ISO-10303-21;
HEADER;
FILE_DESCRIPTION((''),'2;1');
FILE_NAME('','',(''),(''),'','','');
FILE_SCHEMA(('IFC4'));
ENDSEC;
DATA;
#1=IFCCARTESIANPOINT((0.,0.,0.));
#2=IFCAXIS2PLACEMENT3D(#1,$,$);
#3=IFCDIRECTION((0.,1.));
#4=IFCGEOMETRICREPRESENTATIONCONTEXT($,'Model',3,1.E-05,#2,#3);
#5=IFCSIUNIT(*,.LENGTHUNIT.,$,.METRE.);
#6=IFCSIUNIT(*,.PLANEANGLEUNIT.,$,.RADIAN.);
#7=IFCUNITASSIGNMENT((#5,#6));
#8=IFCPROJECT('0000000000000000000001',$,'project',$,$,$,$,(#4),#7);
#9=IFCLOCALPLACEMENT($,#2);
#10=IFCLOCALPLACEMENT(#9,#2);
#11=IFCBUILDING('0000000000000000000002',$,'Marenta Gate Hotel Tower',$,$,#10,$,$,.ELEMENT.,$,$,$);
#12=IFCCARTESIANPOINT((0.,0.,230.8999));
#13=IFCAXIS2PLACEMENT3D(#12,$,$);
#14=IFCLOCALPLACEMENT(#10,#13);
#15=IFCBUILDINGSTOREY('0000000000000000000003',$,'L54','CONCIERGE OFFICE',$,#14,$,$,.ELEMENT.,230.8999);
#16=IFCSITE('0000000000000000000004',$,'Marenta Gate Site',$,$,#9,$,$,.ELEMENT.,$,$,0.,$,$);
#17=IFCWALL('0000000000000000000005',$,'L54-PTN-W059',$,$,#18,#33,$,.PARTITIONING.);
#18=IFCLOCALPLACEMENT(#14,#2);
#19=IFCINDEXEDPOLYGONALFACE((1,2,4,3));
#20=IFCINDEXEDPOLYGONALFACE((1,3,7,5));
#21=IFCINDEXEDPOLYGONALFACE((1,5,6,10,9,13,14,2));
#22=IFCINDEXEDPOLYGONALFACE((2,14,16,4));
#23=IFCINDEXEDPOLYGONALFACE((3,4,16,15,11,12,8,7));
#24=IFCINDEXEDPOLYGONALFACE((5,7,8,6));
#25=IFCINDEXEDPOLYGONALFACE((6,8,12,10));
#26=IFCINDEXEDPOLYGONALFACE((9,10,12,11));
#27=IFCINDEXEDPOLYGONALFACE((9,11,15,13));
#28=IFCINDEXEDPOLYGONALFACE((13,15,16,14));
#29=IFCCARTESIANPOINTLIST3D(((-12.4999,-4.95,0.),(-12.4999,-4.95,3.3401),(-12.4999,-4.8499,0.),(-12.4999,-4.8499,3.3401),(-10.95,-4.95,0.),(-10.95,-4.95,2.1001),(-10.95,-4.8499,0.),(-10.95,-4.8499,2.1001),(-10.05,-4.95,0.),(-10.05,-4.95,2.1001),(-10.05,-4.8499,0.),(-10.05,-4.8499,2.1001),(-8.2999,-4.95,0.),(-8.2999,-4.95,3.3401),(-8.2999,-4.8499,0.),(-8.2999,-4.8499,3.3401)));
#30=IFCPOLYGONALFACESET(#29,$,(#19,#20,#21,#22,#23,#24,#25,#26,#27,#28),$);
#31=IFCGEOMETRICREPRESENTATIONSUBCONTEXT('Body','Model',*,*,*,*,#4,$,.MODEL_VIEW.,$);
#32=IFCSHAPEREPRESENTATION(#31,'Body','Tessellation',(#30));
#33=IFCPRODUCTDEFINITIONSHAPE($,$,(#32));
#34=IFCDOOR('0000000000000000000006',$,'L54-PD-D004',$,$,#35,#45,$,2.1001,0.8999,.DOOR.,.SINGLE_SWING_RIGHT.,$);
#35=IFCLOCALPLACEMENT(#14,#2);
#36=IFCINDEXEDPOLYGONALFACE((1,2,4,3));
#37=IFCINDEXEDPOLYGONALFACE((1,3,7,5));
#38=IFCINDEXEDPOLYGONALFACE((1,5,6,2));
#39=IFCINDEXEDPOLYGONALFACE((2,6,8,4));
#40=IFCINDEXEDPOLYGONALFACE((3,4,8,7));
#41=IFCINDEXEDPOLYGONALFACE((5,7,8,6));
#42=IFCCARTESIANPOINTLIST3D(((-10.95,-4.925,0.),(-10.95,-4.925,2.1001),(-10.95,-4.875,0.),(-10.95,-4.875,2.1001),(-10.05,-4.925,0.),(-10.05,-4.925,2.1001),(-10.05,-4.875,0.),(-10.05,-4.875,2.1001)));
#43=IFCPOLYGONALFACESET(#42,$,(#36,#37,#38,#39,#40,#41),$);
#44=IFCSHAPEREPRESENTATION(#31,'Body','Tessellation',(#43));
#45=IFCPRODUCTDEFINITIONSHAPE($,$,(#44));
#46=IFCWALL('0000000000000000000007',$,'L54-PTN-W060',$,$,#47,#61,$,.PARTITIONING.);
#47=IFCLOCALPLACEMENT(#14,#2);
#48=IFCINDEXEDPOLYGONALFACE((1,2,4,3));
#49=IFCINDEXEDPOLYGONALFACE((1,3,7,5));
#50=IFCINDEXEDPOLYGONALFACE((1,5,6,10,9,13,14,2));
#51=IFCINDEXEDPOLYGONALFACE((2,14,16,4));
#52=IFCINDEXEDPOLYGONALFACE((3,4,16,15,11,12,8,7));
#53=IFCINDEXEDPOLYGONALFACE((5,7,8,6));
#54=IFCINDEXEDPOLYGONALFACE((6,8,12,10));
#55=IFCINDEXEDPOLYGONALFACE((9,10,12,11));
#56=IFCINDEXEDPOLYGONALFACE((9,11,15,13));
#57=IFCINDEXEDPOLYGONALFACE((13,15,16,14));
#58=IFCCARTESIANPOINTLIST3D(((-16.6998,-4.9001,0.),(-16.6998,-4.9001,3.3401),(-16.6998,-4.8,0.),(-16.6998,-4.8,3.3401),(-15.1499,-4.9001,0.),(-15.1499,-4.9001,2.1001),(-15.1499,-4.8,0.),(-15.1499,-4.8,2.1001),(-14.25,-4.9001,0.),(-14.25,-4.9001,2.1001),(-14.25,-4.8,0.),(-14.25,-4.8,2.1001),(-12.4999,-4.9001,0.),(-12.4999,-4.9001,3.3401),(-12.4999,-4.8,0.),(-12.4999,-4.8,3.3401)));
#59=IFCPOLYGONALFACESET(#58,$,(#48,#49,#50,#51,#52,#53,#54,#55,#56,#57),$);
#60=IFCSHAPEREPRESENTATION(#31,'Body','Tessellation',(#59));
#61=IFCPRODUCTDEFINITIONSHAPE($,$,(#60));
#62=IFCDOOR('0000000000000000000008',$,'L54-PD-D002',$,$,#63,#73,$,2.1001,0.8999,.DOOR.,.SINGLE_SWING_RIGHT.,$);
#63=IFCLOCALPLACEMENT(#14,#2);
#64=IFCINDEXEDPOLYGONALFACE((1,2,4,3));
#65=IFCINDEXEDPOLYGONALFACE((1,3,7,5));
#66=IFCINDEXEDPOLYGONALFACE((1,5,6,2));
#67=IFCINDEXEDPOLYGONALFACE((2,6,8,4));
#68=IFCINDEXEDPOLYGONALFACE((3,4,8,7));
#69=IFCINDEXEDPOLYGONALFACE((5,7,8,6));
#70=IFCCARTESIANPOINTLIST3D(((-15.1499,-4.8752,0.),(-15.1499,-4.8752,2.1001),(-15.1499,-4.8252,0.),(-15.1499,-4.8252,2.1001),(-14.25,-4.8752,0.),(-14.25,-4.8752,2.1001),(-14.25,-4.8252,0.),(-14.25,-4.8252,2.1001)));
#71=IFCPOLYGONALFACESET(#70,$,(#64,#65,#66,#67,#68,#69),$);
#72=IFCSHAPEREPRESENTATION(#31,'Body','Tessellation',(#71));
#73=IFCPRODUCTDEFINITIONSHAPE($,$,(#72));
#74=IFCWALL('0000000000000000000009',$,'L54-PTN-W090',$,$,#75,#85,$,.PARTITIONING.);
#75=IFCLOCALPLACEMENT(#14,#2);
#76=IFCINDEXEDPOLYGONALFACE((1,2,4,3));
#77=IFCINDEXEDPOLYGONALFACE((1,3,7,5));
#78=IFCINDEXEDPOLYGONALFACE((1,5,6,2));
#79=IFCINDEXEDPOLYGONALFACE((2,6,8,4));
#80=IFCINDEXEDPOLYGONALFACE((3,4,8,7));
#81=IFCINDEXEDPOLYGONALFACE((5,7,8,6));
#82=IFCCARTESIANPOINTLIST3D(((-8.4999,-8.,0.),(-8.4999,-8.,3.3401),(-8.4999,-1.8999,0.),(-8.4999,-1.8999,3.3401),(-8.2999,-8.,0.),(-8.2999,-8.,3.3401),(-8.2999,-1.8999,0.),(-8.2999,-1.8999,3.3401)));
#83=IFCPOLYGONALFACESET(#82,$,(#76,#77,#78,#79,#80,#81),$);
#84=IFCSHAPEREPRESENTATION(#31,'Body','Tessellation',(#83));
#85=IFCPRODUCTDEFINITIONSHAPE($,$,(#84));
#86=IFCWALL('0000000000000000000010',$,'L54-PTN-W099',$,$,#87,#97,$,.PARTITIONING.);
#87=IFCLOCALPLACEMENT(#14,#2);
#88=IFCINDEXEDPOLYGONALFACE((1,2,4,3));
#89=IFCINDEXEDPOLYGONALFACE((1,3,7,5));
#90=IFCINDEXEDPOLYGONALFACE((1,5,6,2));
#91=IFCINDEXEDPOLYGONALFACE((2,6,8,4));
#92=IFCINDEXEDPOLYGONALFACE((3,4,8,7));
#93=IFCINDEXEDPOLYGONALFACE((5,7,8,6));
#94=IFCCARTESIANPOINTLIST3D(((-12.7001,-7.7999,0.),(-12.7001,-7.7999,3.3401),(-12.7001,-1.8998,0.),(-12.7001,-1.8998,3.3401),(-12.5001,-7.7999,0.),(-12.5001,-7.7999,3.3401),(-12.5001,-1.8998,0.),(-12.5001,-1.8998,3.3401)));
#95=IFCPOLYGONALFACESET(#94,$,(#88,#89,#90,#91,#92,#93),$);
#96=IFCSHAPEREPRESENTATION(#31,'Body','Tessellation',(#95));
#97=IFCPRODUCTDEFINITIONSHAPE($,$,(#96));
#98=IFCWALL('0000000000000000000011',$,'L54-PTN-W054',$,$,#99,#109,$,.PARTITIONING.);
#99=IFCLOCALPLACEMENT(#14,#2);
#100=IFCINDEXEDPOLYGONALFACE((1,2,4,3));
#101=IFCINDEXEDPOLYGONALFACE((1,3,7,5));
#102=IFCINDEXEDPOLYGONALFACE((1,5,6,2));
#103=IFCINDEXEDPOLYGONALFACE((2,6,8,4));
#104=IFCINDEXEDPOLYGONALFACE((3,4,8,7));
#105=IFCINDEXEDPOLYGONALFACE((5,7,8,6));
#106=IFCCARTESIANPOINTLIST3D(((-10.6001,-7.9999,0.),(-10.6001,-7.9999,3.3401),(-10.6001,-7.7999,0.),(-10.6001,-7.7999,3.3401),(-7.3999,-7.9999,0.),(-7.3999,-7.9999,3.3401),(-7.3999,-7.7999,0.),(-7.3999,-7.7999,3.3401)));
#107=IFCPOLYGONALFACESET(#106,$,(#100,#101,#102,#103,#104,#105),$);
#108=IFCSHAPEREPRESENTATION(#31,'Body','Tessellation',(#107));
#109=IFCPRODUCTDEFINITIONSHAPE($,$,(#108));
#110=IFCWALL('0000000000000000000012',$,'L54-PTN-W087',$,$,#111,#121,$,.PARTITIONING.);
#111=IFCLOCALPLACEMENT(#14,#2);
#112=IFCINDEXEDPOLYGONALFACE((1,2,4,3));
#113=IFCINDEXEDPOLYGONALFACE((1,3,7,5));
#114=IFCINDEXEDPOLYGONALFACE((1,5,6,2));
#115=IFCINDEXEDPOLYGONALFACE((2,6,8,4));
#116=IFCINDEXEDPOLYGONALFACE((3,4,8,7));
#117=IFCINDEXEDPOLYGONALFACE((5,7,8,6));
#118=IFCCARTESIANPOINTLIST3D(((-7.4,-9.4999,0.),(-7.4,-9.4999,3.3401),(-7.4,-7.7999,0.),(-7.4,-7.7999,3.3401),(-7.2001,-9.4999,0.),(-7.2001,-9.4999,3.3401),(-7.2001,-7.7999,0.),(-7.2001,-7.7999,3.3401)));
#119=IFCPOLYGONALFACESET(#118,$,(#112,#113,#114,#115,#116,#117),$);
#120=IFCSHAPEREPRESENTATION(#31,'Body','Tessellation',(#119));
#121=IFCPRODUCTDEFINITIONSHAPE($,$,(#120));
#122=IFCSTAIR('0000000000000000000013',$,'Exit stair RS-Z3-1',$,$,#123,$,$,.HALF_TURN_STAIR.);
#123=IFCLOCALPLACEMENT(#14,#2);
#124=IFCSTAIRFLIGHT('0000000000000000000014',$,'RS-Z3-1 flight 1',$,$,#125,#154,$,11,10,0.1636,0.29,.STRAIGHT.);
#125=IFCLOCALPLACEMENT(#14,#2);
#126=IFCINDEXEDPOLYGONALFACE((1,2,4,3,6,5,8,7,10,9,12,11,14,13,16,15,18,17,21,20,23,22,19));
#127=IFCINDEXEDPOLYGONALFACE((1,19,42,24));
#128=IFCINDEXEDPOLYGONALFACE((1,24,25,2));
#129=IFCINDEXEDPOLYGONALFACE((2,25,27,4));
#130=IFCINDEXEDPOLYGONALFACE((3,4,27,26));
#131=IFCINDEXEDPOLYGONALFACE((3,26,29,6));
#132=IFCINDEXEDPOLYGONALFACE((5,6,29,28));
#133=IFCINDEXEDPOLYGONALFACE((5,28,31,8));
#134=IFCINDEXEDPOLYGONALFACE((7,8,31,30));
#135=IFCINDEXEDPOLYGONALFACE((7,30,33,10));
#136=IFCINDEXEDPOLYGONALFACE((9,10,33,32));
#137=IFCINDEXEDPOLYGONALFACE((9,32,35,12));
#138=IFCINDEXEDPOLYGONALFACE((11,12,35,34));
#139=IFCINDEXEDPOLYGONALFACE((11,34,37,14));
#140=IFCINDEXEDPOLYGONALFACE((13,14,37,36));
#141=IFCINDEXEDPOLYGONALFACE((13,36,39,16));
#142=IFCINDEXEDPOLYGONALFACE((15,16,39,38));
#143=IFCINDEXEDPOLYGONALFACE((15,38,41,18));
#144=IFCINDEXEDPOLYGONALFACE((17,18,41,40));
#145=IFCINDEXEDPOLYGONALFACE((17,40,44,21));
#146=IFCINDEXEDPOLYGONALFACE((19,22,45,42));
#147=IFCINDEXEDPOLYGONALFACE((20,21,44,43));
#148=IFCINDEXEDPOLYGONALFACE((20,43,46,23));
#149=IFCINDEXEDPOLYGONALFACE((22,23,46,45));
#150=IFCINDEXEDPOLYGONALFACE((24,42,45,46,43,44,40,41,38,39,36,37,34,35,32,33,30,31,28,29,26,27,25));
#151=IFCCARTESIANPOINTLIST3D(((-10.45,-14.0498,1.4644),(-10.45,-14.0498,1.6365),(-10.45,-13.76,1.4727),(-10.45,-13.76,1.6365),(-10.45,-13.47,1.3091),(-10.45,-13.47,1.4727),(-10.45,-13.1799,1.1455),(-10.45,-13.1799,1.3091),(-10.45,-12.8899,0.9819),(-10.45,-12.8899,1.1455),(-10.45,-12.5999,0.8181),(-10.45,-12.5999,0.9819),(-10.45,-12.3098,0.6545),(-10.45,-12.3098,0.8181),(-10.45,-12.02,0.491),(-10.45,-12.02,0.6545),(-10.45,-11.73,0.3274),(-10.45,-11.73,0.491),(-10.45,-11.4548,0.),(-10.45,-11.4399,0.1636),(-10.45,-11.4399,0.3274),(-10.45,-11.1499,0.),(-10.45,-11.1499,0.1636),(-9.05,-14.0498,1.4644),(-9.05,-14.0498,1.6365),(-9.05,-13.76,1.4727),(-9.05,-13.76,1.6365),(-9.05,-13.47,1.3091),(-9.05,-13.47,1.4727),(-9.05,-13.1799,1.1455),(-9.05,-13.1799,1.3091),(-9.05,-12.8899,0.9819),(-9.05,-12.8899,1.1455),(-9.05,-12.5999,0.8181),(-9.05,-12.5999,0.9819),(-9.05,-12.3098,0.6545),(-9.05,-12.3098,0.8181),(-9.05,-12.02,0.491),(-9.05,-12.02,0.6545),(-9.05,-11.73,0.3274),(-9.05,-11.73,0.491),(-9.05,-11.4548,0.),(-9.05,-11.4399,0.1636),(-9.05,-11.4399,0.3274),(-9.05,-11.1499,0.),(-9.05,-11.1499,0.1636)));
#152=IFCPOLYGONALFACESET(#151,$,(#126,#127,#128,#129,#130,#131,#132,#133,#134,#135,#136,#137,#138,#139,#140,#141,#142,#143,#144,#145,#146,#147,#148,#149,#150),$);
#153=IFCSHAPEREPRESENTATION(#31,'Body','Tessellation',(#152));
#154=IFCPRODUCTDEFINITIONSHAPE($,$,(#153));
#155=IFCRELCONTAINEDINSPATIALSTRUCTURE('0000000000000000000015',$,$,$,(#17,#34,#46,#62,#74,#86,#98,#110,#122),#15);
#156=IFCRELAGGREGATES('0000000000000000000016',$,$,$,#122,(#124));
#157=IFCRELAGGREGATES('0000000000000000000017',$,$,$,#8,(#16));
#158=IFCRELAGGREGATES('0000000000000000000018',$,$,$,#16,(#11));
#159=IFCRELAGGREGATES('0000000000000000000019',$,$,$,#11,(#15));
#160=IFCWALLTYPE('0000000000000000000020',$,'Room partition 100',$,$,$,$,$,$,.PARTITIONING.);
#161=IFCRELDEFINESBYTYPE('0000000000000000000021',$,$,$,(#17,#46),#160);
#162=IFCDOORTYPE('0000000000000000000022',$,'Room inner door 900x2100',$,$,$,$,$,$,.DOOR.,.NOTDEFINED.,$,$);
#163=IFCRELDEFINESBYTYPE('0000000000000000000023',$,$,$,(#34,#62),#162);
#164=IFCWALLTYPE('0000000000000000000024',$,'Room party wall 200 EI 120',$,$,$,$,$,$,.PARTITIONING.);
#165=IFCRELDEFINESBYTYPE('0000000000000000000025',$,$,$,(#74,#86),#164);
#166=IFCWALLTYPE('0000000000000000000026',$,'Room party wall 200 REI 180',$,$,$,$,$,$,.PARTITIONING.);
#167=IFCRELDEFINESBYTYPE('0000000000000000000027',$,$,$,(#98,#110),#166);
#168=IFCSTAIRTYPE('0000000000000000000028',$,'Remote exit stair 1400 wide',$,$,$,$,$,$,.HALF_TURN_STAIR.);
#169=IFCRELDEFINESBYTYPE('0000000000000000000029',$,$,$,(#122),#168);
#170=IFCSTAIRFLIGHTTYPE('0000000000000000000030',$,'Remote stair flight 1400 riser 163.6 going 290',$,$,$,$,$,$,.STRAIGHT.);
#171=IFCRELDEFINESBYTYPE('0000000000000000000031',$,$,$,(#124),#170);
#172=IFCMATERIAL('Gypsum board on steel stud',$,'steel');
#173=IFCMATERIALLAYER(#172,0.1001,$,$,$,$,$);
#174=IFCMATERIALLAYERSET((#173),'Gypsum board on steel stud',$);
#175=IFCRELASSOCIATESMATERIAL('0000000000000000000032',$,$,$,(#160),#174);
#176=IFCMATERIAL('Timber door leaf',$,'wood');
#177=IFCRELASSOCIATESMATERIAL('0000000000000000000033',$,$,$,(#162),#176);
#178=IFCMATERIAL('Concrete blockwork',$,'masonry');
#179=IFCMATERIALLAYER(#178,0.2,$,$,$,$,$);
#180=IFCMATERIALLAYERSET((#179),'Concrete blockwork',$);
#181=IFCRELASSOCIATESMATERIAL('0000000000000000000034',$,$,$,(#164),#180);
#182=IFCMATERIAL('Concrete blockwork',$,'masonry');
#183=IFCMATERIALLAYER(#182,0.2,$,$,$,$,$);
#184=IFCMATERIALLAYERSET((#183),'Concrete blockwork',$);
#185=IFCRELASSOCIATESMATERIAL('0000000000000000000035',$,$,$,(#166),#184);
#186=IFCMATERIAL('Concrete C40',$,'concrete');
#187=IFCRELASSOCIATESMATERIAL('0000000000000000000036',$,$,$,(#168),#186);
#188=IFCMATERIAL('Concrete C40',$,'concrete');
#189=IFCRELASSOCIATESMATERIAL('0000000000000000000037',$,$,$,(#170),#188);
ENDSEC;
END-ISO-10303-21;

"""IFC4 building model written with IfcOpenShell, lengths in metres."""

from ifc_helpers import new_model, si_unit, direction, frame, frame_2d, origin, place, context, subcontext, project, spatial, polyline, rectangle, outline, extrude, material, layer, layer_set, type_object, element, fill, aggregate, save


model = new_model("IFC4")

# Units and contexts
model_context = context("Model", 3, precision=1e-05, world=origin(), true_north=direction((0.0, 1.0)))
body_context = subcontext(model_context, "Body", "Model", "MODEL_VIEW")
ifc_project = project(units=[si_unit("LENGTHUNIT", "METRE"), si_unit("PLANEANGLEUNIT", "RADIAN")], contexts=[model_context])

# Site, building, storey
site_placement = place(None, origin())
site = spatial("IfcSite", under=ifc_project, at=site_placement, Name="Marenta Gate Site", CompositionType="ELEMENT", RefElevation=0.0)
building_placement = place(site_placement, origin())
building = spatial("IfcBuilding", under=site, at=building_placement, Name="Marenta Gate Hotel Tower", CompositionType="ELEMENT")
storey_placement = place(building_placement, frame((0.0, 0.0, 230.8999)))
storey = spatial("IfcBuildingStorey", under=building, at=storey_placement, Name="L54", Description="CONCIERGE OFFICE", CompositionType="ELEMENT", Elevation=230.8999)

# Walls, openings, doors
ifc_material_1 = material(Name="Gypsum board on steel stud", Category="steel")
ifc_layer_1 = layer(ifc_material_1, 0.1001)
ifc_layer_set_1 = layer_set([ifc_layer_1], Name="Gypsum board on steel stud")
wall_type_1 = type_object("IfcWallType", Name="Room partition 100", PredefinedType="PARTITIONING", material=ifc_layer_set_1)
wall_1_placement = place(storey_placement, frame((-12.5, -4.8999, 0.0), z_axis=(0.0, 0.0, 1.0), x_axis=(1.0, 0.0, 0.0)))
wall_1 = element("IfcWall", 1, at=wall_1_placement, inside=storey, type_object=wall_type_1, Name="L54-PTN-W059", PredefinedType="PARTITIONING", context=body_context, shape_type="SweptSolid", body=[
    extrude(rectangle(XDim=4.2, YDim=0.1001, at=frame_2d((2.1001, 0.0))), origin(), (0.0, 0.0, 1.0), 3.3401),
])
opening_1_placement = place(wall_1_placement, frame((1.55, 0.0, 0.0)))
opening_1 = element("IfcOpeningElement", 2, at=opening_1_placement, cuts=wall_1, PredefinedType="OPENING", context=body_context, shape_type="SweptSolid", body=[
    extrude(rectangle(XDim=0.8999, YDim=2.1001, at=frame_2d((0.45, 1.05))), frame((0.0, 0.05, 0.0), z_axis=(0.0, -1.0, 0.0), x_axis=(1.0, 0.0, 0.0)), (0.0, 0.0, 1.0), 0.1001),
])
ifc_material_2 = material(Name="Timber door leaf", Category="wood")
door_type_1 = type_object("IfcDoorType", Name="Room inner door 900x2100", OperationType="NOTDEFINED", PredefinedType="DOOR", material=ifc_material_2)
door_1_placement = place(opening_1_placement, origin())
door_1 = element("IfcDoor", 3, at=door_1_placement, inside=storey, type_object=door_type_1, Name="L54-PD-D004", OperationType="SINGLE_SWING_RIGHT", OverallHeight=2.1001, OverallWidth=0.8999, PredefinedType="DOOR", context=body_context, shape_type="SweptSolid", body=[
    extrude(rectangle(XDim=0.8999, YDim=2.1001, at=frame_2d((0.45, 1.05))), frame((0.0, 0.0249, 0.0), z_axis=(0.0, -1.0, 0.0), x_axis=(1.0, 0.0, 0.0)), (0.0, 0.0, 1.0), 0.05),
])
fill(opening_1, door_1)
wall_2_placement = place(storey_placement, frame((-16.7, -4.8501, 0.0), z_axis=(0.0, 0.0, 1.0), x_axis=(1.0, 0.0, 0.0)))
wall_2 = element("IfcWall", 4, at=wall_2_placement, inside=storey, type_object=wall_type_1, Name="L54-PTN-W060", PredefinedType="PARTITIONING", context=body_context, shape_type="SweptSolid", body=[
    extrude(rectangle(XDim=4.2, YDim=0.1001, at=frame_2d((2.1001, 0.0))), origin(), (0.0, 0.0, 1.0), 3.3401),
])
opening_2_placement = place(wall_2_placement, frame((1.55, 0.0, 0.0)))
opening_2 = element("IfcOpeningElement", 5, at=opening_2_placement, cuts=wall_2, PredefinedType="OPENING", context=body_context, shape_type="SweptSolid", body=[
    extrude(rectangle(XDim=0.8999, YDim=2.1001, at=frame_2d((0.45, 1.05))), frame((0.0, 0.05, 0.0), z_axis=(0.0, -1.0, 0.0), x_axis=(1.0, 0.0, 0.0)), (0.0, 0.0, 1.0), 0.1001),
])
door_2_placement = place(opening_2_placement, origin())
door_2 = element("IfcDoor", 6, at=door_2_placement, inside=storey, type_object=door_type_1, Name="L54-PD-D002", OperationType="SINGLE_SWING_RIGHT", OverallHeight=2.1001, OverallWidth=0.8999, PredefinedType="DOOR", context=body_context, shape_type="SweptSolid", body=[
    extrude(rectangle(XDim=0.8999, YDim=2.1001, at=frame_2d((0.45, 1.05))), frame((0.0, 0.0249, 0.0), z_axis=(0.0, -1.0, 0.0), x_axis=(1.0, 0.0, 0.0)), (0.0, 0.0, 1.0), 0.05),
])
fill(opening_2, door_2)

# Walls
ifc_material_3 = material(Name="Concrete blockwork", Category="masonry")
ifc_layer_2 = layer(ifc_material_3, 0.2)
ifc_layer_set_2 = layer_set([ifc_layer_2], Name="Concrete blockwork")
wall_type_2 = type_object("IfcWallType", Name="Room party wall 200 EI 120", PredefinedType="PARTITIONING", material=ifc_layer_set_2)
wall_3_placement = place(storey_placement, frame((-8.3999, -8.0, 0.0), z_axis=(0.0, 0.0, 1.0), x_axis=(0.0, 1.0, 0.0)))
element("IfcWall", 7, at=wall_3_placement, inside=storey, type_object=wall_type_2, Name="L54-PTN-W090", PredefinedType="PARTITIONING", context=body_context, shape_type="SweptSolid", body=[
    extrude(rectangle(XDim=6.1001, YDim=0.2, at=frame_2d((3.05, 0.0))), origin(), (0.0, 0.0, 1.0), 3.3401),
])
wall_4_placement = place(storey_placement, frame((-12.6001, -7.8, 0.0), z_axis=(0.0, 0.0, 1.0), x_axis=(0.0, 1.0, 0.0)))
element("IfcWall", 8, at=wall_4_placement, inside=storey, type_object=wall_type_2, Name="L54-PTN-W099", PredefinedType="PARTITIONING", context=body_context, shape_type="SweptSolid", body=[
    extrude(rectangle(XDim=5.9001, YDim=0.2, at=frame_2d((2.9502, 0.0))), origin(), (0.0, 0.0, 1.0), 3.3401),
])
ifc_material_4 = material(Name="Concrete blockwork", Category="masonry")
ifc_layer_3 = layer(ifc_material_4, 0.2)
ifc_layer_set_3 = layer_set([ifc_layer_3], Name="Concrete blockwork")
wall_type_3 = type_object("IfcWallType", Name="Room party wall 200 REI 180", PredefinedType="PARTITIONING", material=ifc_layer_set_3)
wall_5_placement = place(storey_placement, frame((-10.6001, -7.8999, 0.0), z_axis=(0.0, 0.0, 1.0), x_axis=(1.0, 0.0, 0.0)))
element("IfcWall", 9, at=wall_5_placement, inside=storey, type_object=wall_type_3, Name="L54-PTN-W054", PredefinedType="PARTITIONING", context=body_context, shape_type="SweptSolid", body=[
    extrude(rectangle(XDim=3.2002, YDim=0.2, at=frame_2d((1.6001, 0.0))), origin(), (0.0, 0.0, 1.0), 3.3401),
])
wall_6_placement = place(storey_placement, frame((-7.3, -9.5, 0.0), z_axis=(0.0, 0.0, 1.0), x_axis=(0.0, 1.0, 0.0)))
element("IfcWall", 10, at=wall_6_placement, inside=storey, type_object=wall_type_3, Name="L54-PTN-W087", PredefinedType="PARTITIONING", context=body_context, shape_type="SweptSolid", body=[
    extrude(rectangle(XDim=1.7, YDim=0.2, at=frame_2d((0.8501, 0.0))), origin(), (0.0, 0.0, 1.0), 3.3401),
])

# Stair, stair flight
ifc_material_5 = material(Name="Concrete C40", Category="concrete")
stair_type = type_object("IfcStairType", Name="Remote exit stair 1400 wide", PredefinedType="HALF_TURN_STAIR", material=ifc_material_5)
stair_placement = place(storey_placement, origin())
stair = element("IfcStair", 11, at=stair_placement, inside=storey, type_object=stair_type, Name="Exit stair RS-Z3-1", PredefinedType="HALF_TURN_STAIR")
ifc_material_6 = material(Name="Concrete C40", Category="concrete")
stair_flight_type = type_object("IfcStairFlightType", Name="Remote stair flight 1400 riser 163.6 going 290", PredefinedType="STRAIGHT", material=ifc_material_6)
stair_flight_placement = place(storey_placement, frame((-9.75, -11.1499, 0.0), z_axis=(0.0, 0.0, 1.0), x_axis=(0.0, -1.0, 0.0)))
stair_flight = element("IfcStairFlight", 12, at=stair_flight_placement, type_object=stair_flight_type, Name="RS-Z3-1 flight 1", NumberOfRisers=11, NumberOfTreads=10, PredefinedType="STRAIGHT", RiserHeight=0.1636, TreadLength=0.29, context=body_context, shape_type="SweptSolid", body=[
    extrude(outline(polyline([(0.0, 0.0), (0.0, 0.1636), (0.29, 0.1636), (0.29, 0.3274), (0.5801, 0.3274), (0.5801, 0.491), (0.8701, 0.491), (0.8701, 0.6545), (1.1599, 0.6545), (1.1599, 0.8181), (1.45, 0.8181), (1.45, 0.9819), (1.74, 0.9819), (1.74, 1.1455), (2.03, 1.1455), (2.03, 1.3091), (2.3201, 1.3091), (2.3201, 1.4727), (2.6101, 1.4727), (2.6101, 1.6365), (2.8999, 1.6365), (2.8999, 1.8), (2.8999, 1.4644), (0.3049, 0.0), (0.0, 0.0)])), frame((0.0, 0.7, 0.0), z_axis=(0.0, -1.0, 0.0), x_axis=(1.0, 0.0, 0.0)), (0.0, 0.0, 1.0), 1.3999),
])
aggregate(stair, [stair_flight])

save(model, "model.ifc")
